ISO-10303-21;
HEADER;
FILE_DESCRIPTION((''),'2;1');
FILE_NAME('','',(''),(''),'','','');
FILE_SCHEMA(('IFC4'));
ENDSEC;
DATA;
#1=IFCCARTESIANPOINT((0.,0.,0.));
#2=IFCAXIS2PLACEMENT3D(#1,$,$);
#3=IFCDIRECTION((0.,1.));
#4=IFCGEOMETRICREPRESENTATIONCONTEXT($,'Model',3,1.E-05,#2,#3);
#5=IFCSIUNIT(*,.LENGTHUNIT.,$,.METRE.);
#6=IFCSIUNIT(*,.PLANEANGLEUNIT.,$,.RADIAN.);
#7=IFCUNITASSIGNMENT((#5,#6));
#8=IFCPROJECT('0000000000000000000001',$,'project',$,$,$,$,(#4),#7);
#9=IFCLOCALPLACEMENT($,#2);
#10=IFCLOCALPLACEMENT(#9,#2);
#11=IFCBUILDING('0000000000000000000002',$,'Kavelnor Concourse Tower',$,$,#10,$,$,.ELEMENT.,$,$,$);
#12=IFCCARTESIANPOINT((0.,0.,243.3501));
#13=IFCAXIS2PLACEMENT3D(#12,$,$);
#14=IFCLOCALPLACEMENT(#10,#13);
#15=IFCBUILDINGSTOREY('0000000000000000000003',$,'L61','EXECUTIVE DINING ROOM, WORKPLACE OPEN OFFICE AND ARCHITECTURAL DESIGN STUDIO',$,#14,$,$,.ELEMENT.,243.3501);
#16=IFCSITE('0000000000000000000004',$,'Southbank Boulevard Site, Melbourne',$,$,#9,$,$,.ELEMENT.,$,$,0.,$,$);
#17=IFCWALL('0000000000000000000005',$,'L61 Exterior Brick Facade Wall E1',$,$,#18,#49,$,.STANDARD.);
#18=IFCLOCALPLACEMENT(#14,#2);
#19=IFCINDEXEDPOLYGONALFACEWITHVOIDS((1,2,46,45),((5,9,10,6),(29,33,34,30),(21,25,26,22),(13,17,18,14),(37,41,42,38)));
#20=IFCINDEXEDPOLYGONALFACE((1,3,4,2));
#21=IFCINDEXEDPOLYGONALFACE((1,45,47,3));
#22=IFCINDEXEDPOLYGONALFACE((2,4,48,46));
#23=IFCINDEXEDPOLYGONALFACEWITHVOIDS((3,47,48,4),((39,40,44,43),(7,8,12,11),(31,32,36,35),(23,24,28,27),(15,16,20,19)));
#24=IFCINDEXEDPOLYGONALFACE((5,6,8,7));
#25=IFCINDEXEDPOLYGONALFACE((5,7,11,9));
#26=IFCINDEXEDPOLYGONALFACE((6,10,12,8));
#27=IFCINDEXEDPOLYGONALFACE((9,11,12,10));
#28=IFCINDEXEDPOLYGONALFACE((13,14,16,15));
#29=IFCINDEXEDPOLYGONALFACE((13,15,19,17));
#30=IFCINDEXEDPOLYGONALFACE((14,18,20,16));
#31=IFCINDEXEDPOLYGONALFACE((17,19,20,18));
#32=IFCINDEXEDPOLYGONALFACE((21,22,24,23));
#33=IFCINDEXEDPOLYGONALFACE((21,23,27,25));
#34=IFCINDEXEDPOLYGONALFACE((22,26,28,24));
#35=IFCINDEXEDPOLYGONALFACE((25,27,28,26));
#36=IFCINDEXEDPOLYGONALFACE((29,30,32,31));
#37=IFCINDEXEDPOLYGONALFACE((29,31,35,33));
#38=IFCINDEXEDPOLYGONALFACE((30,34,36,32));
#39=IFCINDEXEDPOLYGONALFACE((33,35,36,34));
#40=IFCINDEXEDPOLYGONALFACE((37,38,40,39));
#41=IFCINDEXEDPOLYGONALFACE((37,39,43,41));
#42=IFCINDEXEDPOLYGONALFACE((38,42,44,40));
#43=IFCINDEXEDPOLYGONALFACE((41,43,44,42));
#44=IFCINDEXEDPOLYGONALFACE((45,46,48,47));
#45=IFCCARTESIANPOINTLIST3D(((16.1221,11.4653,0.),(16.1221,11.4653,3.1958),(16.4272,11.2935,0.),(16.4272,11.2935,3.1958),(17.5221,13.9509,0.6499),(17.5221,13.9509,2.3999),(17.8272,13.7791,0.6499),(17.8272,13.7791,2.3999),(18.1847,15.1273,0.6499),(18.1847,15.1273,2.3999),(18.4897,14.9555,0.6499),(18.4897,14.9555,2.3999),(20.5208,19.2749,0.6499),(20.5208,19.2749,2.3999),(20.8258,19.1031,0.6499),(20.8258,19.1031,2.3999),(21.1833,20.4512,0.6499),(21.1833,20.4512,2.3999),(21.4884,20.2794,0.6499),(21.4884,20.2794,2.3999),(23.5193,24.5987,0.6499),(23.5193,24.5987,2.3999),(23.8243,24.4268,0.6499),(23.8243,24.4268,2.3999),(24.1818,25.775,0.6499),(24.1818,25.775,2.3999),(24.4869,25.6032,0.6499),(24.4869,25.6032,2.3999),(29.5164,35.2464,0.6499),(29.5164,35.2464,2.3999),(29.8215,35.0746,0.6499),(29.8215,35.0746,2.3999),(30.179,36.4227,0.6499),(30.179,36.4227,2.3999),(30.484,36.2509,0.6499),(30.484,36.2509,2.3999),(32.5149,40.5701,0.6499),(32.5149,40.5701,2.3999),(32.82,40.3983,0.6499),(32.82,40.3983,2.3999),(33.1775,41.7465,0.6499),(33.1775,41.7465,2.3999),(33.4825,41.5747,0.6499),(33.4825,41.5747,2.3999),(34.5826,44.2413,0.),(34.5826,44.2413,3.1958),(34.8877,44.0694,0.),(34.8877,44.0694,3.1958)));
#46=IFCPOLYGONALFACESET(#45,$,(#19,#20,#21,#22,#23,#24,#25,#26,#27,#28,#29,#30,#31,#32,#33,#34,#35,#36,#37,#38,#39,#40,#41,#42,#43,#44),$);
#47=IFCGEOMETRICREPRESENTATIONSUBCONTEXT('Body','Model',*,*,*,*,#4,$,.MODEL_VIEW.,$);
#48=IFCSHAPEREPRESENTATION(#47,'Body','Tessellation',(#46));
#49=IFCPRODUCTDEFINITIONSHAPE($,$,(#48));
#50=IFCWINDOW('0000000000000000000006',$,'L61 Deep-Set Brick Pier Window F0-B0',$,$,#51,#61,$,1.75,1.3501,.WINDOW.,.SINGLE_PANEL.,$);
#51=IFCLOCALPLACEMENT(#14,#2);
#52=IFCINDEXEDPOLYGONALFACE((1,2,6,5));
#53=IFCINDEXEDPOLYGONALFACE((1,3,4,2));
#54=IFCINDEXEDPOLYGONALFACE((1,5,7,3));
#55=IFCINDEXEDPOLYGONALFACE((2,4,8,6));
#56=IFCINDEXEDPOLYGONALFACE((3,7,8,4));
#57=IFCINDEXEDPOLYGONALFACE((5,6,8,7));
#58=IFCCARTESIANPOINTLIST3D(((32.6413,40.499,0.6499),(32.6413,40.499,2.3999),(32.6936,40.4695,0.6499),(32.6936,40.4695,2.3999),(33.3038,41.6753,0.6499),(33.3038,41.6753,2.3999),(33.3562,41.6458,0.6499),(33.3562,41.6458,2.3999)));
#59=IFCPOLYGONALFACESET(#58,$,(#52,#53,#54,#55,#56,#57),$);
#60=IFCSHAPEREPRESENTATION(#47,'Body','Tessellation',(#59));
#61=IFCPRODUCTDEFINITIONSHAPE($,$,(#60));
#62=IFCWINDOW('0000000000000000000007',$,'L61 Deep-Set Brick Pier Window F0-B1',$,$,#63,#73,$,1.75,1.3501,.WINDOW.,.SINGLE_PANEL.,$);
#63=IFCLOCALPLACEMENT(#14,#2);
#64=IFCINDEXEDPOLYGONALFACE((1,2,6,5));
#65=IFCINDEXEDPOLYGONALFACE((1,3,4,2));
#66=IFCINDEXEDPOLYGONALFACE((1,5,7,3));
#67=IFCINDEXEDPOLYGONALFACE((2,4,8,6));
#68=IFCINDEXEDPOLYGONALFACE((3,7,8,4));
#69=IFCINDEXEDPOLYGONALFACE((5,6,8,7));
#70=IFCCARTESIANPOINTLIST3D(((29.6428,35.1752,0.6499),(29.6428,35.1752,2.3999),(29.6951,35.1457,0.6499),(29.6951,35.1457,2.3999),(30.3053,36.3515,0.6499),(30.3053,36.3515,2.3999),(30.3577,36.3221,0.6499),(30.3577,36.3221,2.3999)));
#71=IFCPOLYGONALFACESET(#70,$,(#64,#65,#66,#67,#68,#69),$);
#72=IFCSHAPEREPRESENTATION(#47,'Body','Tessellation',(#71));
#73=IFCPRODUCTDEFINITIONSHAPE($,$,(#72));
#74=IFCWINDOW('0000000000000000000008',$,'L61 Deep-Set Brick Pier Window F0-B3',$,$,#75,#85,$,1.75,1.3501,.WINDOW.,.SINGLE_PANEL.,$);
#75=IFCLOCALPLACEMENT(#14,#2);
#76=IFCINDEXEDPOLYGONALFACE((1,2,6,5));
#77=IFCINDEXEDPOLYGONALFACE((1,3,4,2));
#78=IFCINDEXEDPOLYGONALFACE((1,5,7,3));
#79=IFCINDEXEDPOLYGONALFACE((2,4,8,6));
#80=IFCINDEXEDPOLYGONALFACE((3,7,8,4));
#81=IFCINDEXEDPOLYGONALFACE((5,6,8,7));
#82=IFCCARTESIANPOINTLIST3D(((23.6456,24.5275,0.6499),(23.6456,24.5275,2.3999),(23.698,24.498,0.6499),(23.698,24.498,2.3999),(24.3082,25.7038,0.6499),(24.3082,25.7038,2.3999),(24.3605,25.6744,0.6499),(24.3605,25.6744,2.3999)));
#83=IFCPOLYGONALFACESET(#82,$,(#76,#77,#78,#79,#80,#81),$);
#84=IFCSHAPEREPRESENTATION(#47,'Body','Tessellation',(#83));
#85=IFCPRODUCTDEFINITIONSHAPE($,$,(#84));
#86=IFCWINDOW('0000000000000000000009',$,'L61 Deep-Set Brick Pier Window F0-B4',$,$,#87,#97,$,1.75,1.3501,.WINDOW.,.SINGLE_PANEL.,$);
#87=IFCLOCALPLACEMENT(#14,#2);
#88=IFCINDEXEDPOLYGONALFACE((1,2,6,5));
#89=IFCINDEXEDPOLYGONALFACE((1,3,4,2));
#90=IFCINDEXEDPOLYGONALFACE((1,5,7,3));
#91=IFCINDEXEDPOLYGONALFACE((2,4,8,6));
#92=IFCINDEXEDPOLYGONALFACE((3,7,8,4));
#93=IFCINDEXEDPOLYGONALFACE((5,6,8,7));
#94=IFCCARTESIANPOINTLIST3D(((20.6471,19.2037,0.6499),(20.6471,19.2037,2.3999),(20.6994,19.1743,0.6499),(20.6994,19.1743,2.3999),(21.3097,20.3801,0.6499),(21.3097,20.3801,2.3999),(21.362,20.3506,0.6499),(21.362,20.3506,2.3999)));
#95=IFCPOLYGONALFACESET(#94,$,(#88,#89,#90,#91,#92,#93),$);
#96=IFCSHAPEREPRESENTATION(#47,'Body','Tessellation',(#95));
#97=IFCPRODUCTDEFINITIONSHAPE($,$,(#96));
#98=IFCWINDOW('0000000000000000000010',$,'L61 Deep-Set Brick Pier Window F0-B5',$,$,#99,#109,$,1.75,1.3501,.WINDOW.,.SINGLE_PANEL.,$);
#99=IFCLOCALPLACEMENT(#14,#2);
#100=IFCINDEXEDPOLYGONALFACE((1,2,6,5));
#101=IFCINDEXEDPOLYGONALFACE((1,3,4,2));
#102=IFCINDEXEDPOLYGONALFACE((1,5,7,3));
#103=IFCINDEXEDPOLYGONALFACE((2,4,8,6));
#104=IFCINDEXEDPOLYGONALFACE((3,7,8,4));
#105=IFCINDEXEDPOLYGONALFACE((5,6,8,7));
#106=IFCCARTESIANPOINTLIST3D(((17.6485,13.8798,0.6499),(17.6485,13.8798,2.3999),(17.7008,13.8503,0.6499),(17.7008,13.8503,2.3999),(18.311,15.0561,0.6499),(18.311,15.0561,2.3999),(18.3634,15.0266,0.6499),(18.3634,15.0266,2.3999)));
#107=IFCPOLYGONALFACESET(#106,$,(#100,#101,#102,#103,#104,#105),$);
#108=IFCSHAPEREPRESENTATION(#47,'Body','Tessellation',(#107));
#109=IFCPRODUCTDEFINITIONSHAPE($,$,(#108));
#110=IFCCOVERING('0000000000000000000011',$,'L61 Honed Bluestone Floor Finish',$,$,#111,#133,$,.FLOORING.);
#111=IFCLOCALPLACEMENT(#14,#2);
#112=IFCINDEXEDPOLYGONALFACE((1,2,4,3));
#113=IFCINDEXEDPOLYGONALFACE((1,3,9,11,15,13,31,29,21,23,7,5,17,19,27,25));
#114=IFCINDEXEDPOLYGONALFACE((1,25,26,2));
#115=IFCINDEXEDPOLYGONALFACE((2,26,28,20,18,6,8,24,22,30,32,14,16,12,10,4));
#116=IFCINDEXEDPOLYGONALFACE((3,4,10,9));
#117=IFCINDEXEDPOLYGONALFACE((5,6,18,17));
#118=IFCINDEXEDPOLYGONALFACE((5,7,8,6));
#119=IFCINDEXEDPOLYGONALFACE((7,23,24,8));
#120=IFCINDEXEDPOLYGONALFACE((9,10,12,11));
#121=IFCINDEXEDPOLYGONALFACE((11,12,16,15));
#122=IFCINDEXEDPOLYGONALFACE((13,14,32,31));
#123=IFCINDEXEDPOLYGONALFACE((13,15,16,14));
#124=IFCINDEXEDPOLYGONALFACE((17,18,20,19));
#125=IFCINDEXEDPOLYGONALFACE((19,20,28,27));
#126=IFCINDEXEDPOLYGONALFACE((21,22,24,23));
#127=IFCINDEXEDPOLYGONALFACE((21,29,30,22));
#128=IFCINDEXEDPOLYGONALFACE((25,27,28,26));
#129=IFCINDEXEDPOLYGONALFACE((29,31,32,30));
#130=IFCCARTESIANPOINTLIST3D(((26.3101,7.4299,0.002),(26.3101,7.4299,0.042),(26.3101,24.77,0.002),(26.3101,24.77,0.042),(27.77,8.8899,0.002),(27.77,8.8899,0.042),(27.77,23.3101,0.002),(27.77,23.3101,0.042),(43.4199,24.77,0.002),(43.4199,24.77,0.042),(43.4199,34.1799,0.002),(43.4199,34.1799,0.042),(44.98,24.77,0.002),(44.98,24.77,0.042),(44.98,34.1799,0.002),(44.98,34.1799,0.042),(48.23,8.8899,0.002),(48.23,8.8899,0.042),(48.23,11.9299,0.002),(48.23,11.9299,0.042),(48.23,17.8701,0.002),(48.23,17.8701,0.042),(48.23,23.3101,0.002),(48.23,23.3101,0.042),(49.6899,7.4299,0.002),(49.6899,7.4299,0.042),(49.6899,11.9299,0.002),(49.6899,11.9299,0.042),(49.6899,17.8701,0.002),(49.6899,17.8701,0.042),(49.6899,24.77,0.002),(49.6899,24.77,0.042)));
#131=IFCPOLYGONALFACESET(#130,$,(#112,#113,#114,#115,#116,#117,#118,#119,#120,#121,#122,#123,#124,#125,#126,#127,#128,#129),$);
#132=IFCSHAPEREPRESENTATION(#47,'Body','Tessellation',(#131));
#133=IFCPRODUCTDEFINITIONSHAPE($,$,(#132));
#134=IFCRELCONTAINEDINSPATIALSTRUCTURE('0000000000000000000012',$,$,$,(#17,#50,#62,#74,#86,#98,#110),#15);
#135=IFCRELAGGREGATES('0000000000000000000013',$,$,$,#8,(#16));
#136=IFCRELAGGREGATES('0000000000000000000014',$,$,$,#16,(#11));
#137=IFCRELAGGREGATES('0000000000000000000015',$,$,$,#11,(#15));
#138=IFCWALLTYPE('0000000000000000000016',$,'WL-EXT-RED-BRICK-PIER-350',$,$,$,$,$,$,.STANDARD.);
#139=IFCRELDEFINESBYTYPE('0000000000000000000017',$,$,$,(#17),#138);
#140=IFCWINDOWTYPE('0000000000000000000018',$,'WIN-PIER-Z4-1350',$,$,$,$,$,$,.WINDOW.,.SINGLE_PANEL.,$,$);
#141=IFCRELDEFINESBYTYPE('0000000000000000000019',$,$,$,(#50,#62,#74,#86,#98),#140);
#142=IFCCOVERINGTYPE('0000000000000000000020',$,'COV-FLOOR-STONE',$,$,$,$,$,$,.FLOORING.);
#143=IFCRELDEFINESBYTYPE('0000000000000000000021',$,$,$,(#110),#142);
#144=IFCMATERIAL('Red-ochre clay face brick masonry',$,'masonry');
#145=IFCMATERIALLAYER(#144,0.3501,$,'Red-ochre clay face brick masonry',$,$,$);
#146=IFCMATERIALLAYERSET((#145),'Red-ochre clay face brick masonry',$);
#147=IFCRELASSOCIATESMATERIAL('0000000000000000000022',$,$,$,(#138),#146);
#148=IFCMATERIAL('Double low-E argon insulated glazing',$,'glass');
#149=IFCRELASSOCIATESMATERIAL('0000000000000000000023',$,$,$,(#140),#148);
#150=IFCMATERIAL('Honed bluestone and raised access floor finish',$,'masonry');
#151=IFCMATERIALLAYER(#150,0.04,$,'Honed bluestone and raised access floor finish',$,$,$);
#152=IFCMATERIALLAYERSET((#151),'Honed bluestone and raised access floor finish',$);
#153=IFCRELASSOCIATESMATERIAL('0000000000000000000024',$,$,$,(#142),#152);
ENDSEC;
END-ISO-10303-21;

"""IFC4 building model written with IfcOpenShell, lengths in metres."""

from ifc_helpers import new_model, si_unit, direction, frame, frame_2d, origin, place, context, subcontext, project, spatial, polyline, rectangle, outline, extrude, material, layer, layer_set, type_object, element, fill, save


model = new_model("IFC4")

# Units and contexts
model_context = context("Model", 3, precision=1e-05, world=origin(), true_north=direction((0.0, 1.0)))
body_context = subcontext(model_context, "Body", "Model", "MODEL_VIEW")
ifc_project = project(units=[si_unit("LENGTHUNIT", "METRE"), si_unit("PLANEANGLEUNIT", "RADIAN")], contexts=[model_context])

# Site, building, storey
site_placement = place(None, origin())
site = spatial("IfcSite", under=ifc_project, at=site_placement, Name="Southbank Boulevard Site, Melbourne", CompositionType="ELEMENT", RefElevation=0.0)
building_placement = place(site_placement, origin())
building = spatial("IfcBuilding", under=site, at=building_placement, Name="Kavelnor Concourse Tower", CompositionType="ELEMENT")
storey_placement = place(building_placement, frame((0.0, 0.0, 243.3501)))
storey = spatial("IfcBuildingStorey", under=building, at=storey_placement, Name="L61", Description="EXECUTIVE DINING ROOM, WORKPLACE OPEN OFFICE AND ARCHITECTURAL DESIGN STUDIO", CompositionType="ELEMENT", Elevation=243.3501)

# Shared definitions
ifc_material_1 = material(Name="Double low-E argon insulated glazing", Category="glass")

# Wall, openings, windows
ifc_material_2 = material(Name="Red-ochre clay face brick masonry", Category="masonry")
ifc_layer_1 = layer(ifc_material_2, 0.3501, Name="Red-ochre clay face brick masonry")
ifc_layer_set_1 = layer_set([ifc_layer_1], Name="Red-ochre clay face brick masonry")
wall_type_1 = type_object("IfcWallType", Name="WL-EXT-RED-BRICK-PIER-350", PredefinedType="STANDARD", material=ifc_layer_set_1)
wall_1_placement = place(storey_placement, frame((16.2747, 11.3794, 0.0), z_axis=(0.0, 0.0, 1.0), x_axis=(0.490746, 0.871303, 0.0)))
wall_1 = element("IfcWall", 1, at=wall_1_placement, inside=storey, type_object=wall_type_1, Name="L61 Exterior Brick Facade Wall E1", PredefinedType="STANDARD", context=body_context, shape_type="SweptSolid", body=[
    extrude(rectangle(XDim=37.6172, YDim=0.3501, at=frame_2d((18.8086, 0.0))), origin(), (0.0, 0.0, 1.0), 3.1958),
])
opening_1_placement = place(wall_1_placement, frame((33.4038, 0.0, 0.6499)))
opening_1 = element("IfcOpeningElement", 2, at=opening_1_placement, cuts=wall_1, PredefinedType="OPENING", context=body_context, shape_type="SweptSolid", body=[
    extrude(rectangle(XDim=1.3501, YDim=1.75, at=frame_2d((0.675, 0.875))), frame((0.0, 0.1851, 0.0), z_axis=(0.0, -1.0, 0.0), x_axis=(1.0, 0.0, 0.0)), (0.0, 0.0, 1.0), 0.3701),
])
opening_2_placement = place(wall_1_placement, frame((27.2937, 0.0, 0.6499)))
opening_2 = element("IfcOpeningElement", 3, at=opening_2_placement, cuts=wall_1, PredefinedType="OPENING", context=body_context, shape_type="SweptSolid", body=[
    extrude(rectangle(XDim=1.3501, YDim=1.75, at=frame_2d((0.675, 0.875))), frame((0.0, 0.1851, 0.0), z_axis=(0.0, -1.0, 0.0), x_axis=(1.0, 0.0, 0.0)), (0.0, 0.0, 1.0), 0.3701),
])
opening_3_placement = place(wall_1_placement, frame((15.0732, 0.0, 0.6499)))
opening_3 = element("IfcOpeningElement", 4, at=opening_3_placement, cuts=wall_1, PredefinedType="OPENING", context=body_context, shape_type="SweptSolid", body=[
    extrude(rectangle(XDim=1.3501, YDim=1.75, at=frame_2d((0.675, 0.875))), frame((0.0, 0.1851, 0.0), z_axis=(0.0, -1.0, 0.0), x_axis=(1.0, 0.0, 0.0)), (0.0, 0.0, 1.0), 0.3701),
])
opening_4_placement = place(wall_1_placement, frame((8.9631, 0.0, 0.6499)))
opening_4 = element("IfcOpeningElement", 5, at=opening_4_placement, cuts=wall_1, PredefinedType="OPENING", context=body_context, shape_type="SweptSolid", body=[
    extrude(rectangle(XDim=1.3501, YDim=1.75, at=frame_2d((0.675, 0.875))), frame((0.0, 0.1851, 0.0), z_axis=(0.0, -1.0, 0.0), x_axis=(1.0, 0.0, 0.0)), (0.0, 0.0, 1.0), 0.3701),
])
opening_5_placement = place(wall_1_placement, frame((2.8528, 0.0, 0.6499)))
opening_5 = element("IfcOpeningElement", 6, at=opening_5_placement, cuts=wall_1, PredefinedType="OPENING", context=body_context, shape_type="SweptSolid", body=[
    extrude(rectangle(XDim=1.3501, YDim=1.75, at=frame_2d((0.675, 0.875))), frame((0.0, 0.1851, 0.0), z_axis=(0.0, -1.0, 0.0), x_axis=(1.0, 0.0, 0.0)), (0.0, 0.0, 1.0), 0.3701),
])
window_type_1 = type_object("IfcWindowType", Name="WIN-PIER-Z4-1350", PartitioningType="SINGLE_PANEL", PredefinedType="WINDOW", material=ifc_material_1)
window_1_placement = place(opening_1_placement, origin())
window_1 = element("IfcWindow", 7, at=window_1_placement, inside=storey, type_object=window_type_1, Name="L61 Deep-Set Brick Pier Window F0-B0", OverallHeight=1.75, OverallWidth=1.3501, PartitioningType="SINGLE_PANEL", PredefinedType="WINDOW", context=body_context, shape_type="SweptSolid", body=[
    extrude(rectangle(XDim=1.3501, YDim=1.75, at=frame_2d((0.675, 0.875))), frame((0.0, 0.03, 0.0), z_axis=(0.0, -1.0, 0.0), x_axis=(1.0, 0.0, 0.0)), (0.0, 0.0, 1.0), 0.0601),
])
fill(opening_1, window_1)
window_2_placement = place(opening_2_placement, origin())
window_2 = element("IfcWindow", 8, at=window_2_placement, inside=storey, type_object=window_type_1, Name="L61 Deep-Set Brick Pier Window F0-B1", OverallHeight=1.75, OverallWidth=1.3501, PartitioningType="SINGLE_PANEL", PredefinedType="WINDOW", context=body_context, shape_type="SweptSolid", body=[
    extrude(rectangle(XDim=1.3501, YDim=1.75, at=frame_2d((0.675, 0.875))), frame((0.0, 0.03, 0.0), z_axis=(0.0, -1.0, 0.0), x_axis=(1.0, 0.0, 0.0)), (0.0, 0.0, 1.0), 0.0601),
])
fill(opening_2, window_2)
window_3_placement = place(opening_3_placement, origin())
window_3 = element("IfcWindow", 9, at=window_3_placement, inside=storey, type_object=window_type_1, Name="L61 Deep-Set Brick Pier Window F0-B3", OverallHeight=1.75, OverallWidth=1.3501, PartitioningType="SINGLE_PANEL", PredefinedType="WINDOW", context=body_context, shape_type="SweptSolid", body=[
    extrude(rectangle(XDim=1.3501, YDim=1.75, at=frame_2d((0.675, 0.875))), frame((0.0, 0.03, 0.0), z_axis=(0.0, -1.0, 0.0), x_axis=(1.0, 0.0, 0.0)), (0.0, 0.0, 1.0), 0.0601),
])
fill(opening_3, window_3)
window_4_placement = place(opening_4_placement, origin())
window_4 = element("IfcWindow", 10, at=window_4_placement, inside=storey, type_object=window_type_1, Name="L61 Deep-Set Brick Pier Window F0-B4", OverallHeight=1.75, OverallWidth=1.3501, PartitioningType="SINGLE_PANEL", PredefinedType="WINDOW", context=body_context, shape_type="SweptSolid", body=[
    extrude(rectangle(XDim=1.3501, YDim=1.75, at=frame_2d((0.675, 0.875))), frame((0.0, 0.03, 0.0), z_axis=(0.0, -1.0, 0.0), x_axis=(1.0, 0.0, 0.0)), (0.0, 0.0, 1.0), 0.0601),
])
fill(opening_4, window_4)
window_5_placement = place(opening_5_placement, origin())
window_5 = element("IfcWindow", 11, at=window_5_placement, inside=storey, type_object=window_type_1, Name="L61 Deep-Set Brick Pier Window F0-B5", OverallHeight=1.75, OverallWidth=1.3501, PartitioningType="SINGLE_PANEL", PredefinedType="WINDOW", context=body_context, shape_type="SweptSolid", body=[
    extrude(rectangle(XDim=1.3501, YDim=1.75, at=frame_2d((0.675, 0.875))), frame((0.0, 0.03, 0.0), z_axis=(0.0, -1.0, 0.0), x_axis=(1.0, 0.0, 0.0)), (0.0, 0.0, 1.0), 0.0601),
])
fill(opening_5, window_5)

# Covering
ifc_material_3 = material(Name="Honed bluestone and raised access floor finish", Category="masonry")
ifc_layer_2 = layer(ifc_material_3, 0.04, Name="Honed bluestone and raised access floor finish")
ifc_layer_set_2 = layer_set([ifc_layer_2], Name="Honed bluestone and raised access floor finish")
covering_type = type_object("IfcCoveringType", Name="COV-FLOOR-STONE", PredefinedType="FLOORING", material=ifc_layer_set_2)
covering_placement = place(storey_placement, frame((0.0, 0.0, 0.002)))
element("IfcCovering", 12, at=covering_placement, inside=storey, type_object=covering_type, Name="L61 Honed Bluestone Floor Finish", PredefinedType="FLOORING", context=body_context, shape_type="SweptSolid", body=[
    extrude(outline(polyline([(44.98, 24.77), (49.6899, 24.77), (49.6899, 17.8701), (48.23, 17.8701), (48.23, 23.3101), (27.77, 23.3101), (27.77, 8.8899), (48.23, 8.8899), (48.23, 11.9299), (49.6899, 11.9299), (49.6899, 7.4299), (26.3101, 7.4299), (26.3101, 24.77), (43.4199, 24.77), (43.4199, 34.1799), (44.98, 34.1799), (44.98, 24.77)])), origin(), (0.0, 0.0, 1.0), 0.04),
])

save(model, "model.ifc")
